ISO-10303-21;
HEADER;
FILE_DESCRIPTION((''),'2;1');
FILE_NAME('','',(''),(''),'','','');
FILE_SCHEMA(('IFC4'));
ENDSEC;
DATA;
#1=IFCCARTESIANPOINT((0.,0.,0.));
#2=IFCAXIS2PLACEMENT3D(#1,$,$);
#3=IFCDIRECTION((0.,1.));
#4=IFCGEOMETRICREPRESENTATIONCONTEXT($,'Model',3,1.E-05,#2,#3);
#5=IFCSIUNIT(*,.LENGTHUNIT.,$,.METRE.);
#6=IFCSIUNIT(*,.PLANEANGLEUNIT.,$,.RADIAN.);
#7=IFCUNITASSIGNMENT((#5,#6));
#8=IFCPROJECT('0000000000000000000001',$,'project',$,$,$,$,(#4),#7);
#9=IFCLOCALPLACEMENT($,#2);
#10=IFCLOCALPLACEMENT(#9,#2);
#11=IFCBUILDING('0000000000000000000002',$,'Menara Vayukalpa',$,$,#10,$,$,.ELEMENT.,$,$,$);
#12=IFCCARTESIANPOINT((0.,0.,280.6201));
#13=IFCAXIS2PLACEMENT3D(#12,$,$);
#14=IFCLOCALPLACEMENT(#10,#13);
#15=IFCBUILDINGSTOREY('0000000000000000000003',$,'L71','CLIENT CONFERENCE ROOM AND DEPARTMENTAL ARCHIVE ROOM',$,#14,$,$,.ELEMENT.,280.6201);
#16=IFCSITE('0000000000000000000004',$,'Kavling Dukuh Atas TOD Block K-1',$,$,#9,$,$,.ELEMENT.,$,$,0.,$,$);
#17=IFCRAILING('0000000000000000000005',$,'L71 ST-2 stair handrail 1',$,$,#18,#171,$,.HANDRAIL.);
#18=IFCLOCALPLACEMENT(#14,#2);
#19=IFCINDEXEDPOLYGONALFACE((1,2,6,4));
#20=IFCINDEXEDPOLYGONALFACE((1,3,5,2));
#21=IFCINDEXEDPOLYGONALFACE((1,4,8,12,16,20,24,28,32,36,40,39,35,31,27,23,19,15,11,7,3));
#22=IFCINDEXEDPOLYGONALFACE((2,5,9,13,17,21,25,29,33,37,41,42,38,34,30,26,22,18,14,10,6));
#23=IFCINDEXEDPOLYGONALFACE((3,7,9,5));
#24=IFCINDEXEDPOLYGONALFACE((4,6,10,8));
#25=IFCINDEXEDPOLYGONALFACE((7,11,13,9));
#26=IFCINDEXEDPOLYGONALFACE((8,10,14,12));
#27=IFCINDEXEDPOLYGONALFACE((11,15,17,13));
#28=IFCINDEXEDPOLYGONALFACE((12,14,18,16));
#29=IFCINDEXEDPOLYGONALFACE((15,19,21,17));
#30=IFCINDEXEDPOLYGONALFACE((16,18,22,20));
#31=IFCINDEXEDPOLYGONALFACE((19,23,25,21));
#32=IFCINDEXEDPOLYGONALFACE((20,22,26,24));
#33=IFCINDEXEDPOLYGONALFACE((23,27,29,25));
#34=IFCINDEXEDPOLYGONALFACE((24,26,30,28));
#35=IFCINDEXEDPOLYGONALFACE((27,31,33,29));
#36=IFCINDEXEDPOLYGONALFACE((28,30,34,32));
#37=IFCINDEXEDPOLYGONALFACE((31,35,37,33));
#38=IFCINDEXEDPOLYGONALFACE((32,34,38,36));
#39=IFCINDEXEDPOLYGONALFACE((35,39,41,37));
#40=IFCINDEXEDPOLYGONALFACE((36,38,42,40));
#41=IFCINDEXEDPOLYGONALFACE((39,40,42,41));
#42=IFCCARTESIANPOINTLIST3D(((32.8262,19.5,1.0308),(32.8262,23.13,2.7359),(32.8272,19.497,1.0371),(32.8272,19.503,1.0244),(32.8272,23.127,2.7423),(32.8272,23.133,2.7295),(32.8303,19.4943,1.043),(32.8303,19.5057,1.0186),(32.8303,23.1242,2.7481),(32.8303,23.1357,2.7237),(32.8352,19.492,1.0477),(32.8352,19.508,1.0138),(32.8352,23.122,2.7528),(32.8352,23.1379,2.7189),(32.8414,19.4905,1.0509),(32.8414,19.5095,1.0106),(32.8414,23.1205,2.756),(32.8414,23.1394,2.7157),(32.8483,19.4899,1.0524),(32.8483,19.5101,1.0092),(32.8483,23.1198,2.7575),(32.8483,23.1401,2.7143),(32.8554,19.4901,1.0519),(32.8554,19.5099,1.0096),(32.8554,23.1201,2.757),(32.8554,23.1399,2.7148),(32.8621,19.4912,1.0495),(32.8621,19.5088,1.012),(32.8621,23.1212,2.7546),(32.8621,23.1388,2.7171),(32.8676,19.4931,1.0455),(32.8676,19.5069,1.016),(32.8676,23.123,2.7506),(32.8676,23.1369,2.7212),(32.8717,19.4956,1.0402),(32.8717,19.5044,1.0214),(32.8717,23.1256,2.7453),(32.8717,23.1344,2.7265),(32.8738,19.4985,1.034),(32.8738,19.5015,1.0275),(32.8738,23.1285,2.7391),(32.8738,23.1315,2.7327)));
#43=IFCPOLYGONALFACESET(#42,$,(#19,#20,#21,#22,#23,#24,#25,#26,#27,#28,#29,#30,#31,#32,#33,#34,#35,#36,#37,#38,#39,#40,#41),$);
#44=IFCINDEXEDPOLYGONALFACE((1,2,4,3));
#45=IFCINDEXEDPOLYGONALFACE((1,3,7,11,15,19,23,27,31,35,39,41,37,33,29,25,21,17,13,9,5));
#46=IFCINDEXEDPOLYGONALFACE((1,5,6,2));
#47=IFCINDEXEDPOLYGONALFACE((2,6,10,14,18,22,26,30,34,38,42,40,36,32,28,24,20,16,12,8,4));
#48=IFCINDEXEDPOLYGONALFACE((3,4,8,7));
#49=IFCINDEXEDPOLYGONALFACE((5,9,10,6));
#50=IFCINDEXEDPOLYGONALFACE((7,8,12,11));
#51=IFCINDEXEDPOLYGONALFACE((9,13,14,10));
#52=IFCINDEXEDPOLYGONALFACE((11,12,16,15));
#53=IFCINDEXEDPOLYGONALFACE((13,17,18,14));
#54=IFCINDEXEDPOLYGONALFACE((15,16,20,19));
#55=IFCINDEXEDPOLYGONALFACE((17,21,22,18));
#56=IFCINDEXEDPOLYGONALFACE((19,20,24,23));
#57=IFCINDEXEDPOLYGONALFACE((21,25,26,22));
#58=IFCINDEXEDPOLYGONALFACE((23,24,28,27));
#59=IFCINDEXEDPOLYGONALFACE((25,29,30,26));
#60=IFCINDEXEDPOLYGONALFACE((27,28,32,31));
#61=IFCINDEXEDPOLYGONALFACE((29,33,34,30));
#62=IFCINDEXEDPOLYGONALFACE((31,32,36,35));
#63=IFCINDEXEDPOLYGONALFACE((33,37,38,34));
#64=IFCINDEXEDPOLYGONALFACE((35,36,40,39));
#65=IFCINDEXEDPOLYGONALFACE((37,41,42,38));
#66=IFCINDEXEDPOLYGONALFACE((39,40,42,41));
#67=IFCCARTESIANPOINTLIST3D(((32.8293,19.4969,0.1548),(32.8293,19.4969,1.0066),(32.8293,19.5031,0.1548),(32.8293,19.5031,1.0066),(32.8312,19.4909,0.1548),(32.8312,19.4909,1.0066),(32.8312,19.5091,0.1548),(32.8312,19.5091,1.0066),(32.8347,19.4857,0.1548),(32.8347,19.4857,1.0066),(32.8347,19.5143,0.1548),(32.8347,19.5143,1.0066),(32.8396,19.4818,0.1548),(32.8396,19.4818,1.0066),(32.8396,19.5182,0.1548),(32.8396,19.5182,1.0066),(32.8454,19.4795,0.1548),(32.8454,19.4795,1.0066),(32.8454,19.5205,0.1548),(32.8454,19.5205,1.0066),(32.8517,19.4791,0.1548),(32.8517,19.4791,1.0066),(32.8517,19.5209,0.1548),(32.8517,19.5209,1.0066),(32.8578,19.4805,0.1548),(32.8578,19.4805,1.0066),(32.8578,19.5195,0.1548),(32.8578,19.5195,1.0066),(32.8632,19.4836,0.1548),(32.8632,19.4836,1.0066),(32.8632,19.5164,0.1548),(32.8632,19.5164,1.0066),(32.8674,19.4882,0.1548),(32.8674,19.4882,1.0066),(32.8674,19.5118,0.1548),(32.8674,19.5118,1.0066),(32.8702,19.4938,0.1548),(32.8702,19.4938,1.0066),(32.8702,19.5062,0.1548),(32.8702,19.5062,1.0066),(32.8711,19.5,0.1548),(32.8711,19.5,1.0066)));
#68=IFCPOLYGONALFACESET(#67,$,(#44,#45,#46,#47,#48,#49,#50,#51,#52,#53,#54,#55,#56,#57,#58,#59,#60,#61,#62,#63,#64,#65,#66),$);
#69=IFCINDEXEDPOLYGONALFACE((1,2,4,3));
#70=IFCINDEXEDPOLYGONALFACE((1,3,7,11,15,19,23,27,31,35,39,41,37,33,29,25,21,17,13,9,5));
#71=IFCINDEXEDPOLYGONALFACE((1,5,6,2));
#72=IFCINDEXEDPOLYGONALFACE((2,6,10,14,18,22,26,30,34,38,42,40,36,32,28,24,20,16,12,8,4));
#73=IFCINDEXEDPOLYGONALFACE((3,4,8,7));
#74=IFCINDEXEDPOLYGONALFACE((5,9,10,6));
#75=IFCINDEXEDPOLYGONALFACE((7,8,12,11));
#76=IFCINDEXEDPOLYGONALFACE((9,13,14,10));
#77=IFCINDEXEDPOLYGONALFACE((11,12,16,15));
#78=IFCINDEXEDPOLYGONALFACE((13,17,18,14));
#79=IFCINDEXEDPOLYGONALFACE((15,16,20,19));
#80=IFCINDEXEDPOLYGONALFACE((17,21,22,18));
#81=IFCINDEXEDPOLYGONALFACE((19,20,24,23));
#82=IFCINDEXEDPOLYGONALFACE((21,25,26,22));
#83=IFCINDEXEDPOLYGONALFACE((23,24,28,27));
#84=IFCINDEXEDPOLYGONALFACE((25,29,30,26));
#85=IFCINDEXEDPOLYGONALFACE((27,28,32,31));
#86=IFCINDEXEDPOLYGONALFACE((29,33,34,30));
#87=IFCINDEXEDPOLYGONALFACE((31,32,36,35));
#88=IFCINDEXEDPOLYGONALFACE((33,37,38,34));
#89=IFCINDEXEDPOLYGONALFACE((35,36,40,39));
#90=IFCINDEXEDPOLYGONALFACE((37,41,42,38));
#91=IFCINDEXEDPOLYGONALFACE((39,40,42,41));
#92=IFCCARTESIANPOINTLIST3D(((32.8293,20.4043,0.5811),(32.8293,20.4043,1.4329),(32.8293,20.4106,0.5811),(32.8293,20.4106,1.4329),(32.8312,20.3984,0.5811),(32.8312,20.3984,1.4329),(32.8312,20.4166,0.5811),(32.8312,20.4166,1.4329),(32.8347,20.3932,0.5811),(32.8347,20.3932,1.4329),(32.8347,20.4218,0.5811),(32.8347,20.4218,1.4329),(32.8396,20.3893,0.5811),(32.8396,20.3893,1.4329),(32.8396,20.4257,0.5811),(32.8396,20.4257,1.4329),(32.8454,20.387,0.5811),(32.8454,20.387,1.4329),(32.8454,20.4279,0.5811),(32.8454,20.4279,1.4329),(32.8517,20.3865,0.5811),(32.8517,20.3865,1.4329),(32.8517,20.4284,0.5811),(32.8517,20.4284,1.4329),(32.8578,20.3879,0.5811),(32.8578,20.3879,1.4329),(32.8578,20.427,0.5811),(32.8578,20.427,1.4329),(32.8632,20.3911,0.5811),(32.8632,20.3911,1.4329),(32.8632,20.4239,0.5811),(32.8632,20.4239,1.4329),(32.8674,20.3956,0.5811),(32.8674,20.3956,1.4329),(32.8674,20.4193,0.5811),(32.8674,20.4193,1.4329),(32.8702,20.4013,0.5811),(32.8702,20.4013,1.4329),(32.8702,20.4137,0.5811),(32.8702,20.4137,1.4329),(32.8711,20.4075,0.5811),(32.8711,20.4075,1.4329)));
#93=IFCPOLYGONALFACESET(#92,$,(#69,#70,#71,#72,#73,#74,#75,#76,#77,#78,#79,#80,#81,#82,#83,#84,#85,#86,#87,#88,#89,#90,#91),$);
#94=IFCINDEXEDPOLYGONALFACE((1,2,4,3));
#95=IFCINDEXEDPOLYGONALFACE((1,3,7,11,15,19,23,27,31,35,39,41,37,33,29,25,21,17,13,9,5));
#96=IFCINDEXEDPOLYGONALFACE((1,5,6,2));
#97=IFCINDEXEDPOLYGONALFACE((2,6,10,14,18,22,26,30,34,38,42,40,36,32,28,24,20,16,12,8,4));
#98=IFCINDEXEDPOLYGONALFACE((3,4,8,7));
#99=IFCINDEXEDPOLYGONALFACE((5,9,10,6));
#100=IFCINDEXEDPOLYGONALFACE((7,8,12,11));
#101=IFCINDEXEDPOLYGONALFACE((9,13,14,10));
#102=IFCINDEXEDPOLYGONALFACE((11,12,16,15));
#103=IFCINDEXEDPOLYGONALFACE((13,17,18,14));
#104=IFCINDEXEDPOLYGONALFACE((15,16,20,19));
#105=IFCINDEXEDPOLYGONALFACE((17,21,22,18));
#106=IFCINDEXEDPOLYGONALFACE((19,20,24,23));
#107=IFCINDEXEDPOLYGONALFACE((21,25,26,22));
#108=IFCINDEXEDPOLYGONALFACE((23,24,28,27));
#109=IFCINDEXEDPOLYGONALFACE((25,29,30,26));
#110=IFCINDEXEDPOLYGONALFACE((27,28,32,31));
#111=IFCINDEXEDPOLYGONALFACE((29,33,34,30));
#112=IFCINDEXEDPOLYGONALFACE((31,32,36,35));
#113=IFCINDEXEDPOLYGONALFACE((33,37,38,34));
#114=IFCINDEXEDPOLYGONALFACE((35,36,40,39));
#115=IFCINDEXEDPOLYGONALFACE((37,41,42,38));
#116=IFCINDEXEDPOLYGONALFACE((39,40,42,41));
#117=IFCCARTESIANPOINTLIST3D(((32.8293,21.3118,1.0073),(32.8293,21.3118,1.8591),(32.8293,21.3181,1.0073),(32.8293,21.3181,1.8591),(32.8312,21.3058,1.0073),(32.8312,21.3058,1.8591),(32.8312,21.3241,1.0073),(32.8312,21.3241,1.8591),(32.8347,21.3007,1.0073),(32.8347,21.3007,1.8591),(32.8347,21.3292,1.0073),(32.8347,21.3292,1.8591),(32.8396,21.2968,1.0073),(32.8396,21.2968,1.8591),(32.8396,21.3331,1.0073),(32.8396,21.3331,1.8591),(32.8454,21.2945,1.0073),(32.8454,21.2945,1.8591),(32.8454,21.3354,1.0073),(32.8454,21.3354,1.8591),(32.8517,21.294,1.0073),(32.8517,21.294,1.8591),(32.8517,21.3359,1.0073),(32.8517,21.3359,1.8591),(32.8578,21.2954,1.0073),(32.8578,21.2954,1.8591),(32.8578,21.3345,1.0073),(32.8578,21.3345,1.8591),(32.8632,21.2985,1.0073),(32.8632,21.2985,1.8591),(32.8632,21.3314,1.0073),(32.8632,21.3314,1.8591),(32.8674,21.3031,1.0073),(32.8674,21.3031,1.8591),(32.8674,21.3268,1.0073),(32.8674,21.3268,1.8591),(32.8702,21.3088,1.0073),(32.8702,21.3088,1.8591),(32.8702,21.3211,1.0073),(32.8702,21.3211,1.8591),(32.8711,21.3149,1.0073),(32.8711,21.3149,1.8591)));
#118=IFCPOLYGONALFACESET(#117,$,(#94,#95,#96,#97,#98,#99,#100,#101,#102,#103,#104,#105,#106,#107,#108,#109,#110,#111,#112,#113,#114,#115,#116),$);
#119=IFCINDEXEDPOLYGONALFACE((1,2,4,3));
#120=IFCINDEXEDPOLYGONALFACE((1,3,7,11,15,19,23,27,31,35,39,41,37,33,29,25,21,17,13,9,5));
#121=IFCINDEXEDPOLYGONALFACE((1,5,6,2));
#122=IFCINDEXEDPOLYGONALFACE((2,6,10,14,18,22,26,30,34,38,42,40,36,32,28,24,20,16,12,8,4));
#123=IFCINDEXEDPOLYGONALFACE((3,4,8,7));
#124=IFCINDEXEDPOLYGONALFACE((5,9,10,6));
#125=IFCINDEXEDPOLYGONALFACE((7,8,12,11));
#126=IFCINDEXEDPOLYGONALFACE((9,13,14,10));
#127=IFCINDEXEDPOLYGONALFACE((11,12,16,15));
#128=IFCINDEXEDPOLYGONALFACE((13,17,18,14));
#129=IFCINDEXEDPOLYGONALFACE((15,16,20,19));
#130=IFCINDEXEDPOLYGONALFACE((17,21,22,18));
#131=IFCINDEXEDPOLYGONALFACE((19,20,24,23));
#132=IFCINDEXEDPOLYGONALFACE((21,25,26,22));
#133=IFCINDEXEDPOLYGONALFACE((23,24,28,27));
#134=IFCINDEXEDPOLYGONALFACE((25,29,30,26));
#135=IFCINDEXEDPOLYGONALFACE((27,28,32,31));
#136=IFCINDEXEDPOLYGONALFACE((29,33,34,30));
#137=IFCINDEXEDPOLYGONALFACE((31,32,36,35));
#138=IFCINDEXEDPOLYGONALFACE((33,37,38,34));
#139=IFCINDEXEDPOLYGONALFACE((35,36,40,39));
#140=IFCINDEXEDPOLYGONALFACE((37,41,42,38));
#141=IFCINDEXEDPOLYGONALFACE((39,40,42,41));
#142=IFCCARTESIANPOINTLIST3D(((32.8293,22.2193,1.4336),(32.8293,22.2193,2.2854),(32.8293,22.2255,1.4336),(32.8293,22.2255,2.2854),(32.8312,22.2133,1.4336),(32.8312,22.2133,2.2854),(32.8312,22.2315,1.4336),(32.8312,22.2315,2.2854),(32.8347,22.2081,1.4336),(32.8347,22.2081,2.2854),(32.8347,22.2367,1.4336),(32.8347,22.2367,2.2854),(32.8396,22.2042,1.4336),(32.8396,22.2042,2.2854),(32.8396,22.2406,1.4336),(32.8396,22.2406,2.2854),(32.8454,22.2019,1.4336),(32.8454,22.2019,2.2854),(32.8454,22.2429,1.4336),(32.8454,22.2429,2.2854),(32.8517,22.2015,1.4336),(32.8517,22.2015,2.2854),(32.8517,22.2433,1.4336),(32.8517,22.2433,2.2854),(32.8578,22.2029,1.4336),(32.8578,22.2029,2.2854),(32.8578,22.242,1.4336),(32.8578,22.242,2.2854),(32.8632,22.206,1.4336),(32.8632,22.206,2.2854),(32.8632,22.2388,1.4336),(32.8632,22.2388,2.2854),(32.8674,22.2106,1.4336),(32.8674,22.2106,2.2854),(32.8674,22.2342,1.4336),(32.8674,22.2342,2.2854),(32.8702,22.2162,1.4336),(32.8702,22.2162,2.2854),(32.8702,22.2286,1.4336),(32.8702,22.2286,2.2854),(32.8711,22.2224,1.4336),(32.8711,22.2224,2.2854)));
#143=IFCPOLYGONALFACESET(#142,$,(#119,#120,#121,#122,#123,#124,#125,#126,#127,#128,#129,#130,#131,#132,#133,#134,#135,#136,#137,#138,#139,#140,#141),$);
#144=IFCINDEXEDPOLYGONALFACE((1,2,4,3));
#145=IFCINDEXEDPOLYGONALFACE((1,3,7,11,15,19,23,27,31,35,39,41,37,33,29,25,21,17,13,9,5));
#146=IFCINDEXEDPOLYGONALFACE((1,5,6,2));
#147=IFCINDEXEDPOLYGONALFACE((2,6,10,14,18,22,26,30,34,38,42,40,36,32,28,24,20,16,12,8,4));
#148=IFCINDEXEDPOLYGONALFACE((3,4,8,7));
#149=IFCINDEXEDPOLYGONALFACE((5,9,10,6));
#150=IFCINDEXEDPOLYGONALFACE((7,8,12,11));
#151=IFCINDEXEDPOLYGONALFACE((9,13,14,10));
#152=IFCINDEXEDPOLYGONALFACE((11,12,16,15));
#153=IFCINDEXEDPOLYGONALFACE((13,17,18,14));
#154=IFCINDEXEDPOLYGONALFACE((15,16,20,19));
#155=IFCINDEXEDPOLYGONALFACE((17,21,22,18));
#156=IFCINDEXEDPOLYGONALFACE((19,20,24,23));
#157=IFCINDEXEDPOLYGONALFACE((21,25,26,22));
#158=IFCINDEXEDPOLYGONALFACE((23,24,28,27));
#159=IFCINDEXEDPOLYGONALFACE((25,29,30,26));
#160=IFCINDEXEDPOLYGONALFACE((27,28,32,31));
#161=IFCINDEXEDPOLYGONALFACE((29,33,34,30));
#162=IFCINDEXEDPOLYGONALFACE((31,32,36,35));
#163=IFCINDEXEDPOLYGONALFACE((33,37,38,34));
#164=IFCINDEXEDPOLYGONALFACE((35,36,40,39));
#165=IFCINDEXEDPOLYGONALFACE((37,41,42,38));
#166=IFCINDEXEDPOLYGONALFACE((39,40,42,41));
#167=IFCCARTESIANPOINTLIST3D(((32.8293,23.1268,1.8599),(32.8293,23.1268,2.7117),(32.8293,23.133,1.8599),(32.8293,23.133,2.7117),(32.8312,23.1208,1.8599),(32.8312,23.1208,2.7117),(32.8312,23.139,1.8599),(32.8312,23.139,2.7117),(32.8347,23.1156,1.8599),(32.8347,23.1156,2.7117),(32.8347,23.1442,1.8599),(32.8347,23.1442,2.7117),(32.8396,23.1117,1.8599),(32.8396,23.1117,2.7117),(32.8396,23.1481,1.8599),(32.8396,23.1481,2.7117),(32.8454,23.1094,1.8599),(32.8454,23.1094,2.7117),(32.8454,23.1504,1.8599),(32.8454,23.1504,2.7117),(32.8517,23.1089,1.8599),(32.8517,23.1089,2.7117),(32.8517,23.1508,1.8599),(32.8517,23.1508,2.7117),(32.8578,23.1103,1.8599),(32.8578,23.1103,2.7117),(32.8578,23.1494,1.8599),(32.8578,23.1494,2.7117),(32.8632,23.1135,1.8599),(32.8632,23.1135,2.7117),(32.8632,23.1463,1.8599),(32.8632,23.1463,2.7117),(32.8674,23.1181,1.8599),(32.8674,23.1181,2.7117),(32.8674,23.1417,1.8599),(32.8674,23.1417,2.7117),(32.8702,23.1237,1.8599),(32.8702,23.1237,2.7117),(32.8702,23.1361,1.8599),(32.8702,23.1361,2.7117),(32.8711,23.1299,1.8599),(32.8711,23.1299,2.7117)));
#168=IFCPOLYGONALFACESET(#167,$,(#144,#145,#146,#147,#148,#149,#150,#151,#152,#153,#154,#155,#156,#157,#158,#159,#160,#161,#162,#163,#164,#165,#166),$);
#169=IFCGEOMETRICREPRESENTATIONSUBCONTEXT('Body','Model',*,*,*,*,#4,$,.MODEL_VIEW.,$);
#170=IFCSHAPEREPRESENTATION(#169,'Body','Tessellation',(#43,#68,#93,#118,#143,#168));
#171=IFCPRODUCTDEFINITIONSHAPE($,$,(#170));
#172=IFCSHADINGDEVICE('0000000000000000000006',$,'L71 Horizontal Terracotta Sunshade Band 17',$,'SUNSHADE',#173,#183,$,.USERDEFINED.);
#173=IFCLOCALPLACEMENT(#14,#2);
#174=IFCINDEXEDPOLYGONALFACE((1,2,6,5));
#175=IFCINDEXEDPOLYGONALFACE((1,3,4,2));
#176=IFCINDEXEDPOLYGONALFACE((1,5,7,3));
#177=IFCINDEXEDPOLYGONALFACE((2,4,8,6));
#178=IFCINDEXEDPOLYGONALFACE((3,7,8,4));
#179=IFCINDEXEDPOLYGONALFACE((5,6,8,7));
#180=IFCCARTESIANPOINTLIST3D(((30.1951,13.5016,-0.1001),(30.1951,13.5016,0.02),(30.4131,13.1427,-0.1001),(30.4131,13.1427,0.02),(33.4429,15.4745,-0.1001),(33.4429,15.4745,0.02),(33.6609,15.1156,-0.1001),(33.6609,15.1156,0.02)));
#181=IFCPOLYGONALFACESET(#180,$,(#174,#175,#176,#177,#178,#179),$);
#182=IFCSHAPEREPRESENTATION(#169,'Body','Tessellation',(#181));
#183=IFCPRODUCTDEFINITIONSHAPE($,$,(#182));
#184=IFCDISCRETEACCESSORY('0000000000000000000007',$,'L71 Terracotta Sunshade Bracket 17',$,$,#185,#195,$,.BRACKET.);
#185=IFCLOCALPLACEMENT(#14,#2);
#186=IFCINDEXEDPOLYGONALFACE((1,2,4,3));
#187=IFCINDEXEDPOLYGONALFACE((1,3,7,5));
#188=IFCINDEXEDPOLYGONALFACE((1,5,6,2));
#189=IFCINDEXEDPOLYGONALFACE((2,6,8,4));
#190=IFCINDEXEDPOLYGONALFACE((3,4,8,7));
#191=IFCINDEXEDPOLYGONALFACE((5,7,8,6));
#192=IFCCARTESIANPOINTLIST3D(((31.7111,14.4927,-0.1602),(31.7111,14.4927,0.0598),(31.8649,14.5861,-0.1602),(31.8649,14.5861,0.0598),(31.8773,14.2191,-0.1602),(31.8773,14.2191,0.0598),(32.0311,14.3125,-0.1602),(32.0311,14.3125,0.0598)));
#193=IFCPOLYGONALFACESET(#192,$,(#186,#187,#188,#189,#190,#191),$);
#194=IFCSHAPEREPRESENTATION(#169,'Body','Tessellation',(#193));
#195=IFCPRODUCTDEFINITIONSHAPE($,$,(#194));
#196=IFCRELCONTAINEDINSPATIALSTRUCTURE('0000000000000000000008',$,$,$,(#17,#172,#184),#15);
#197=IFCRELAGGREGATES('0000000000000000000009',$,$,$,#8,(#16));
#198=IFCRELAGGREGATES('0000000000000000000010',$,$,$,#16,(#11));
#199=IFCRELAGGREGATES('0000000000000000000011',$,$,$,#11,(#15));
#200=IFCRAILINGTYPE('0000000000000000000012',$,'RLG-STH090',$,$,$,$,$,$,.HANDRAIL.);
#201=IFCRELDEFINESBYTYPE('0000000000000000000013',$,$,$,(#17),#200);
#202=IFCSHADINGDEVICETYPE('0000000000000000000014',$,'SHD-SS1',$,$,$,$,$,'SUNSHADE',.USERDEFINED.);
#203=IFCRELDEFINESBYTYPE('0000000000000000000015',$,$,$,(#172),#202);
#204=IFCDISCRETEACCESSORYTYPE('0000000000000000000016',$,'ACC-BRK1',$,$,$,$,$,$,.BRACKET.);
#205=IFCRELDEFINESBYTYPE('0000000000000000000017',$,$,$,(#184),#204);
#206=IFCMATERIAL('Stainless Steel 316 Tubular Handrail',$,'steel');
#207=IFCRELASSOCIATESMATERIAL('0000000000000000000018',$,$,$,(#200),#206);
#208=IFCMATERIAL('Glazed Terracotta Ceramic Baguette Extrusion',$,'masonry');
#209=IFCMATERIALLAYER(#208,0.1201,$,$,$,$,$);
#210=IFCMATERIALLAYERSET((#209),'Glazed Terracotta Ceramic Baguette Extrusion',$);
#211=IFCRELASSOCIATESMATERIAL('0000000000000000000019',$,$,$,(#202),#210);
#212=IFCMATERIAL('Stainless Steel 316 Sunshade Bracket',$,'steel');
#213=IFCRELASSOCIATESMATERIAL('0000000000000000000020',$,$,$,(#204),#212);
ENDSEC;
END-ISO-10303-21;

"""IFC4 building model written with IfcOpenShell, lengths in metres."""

from ifc_helpers import new_model, si_unit, direction, frame, origin, origin_2d, place, context, subcontext, project, spatial, rectangle, circle, extrude, material, layer, layer_set, type_object, element, save


model = new_model("IFC4")

# Units and contexts
model_context = context("Model", 3, precision=1e-05, world=origin(), true_north=direction((0.0, 1.0)))
body_context = subcontext(model_context, "Body", "Model", "MODEL_VIEW")
ifc_project = project(units=[si_unit("LENGTHUNIT", "METRE"), si_unit("PLANEANGLEUNIT", "RADIAN")], contexts=[model_context])

# Site, building, storey
site_placement = place(None, origin())
site = spatial("IfcSite", under=ifc_project, at=site_placement, Name="Kavling Dukuh Atas TOD Block K-1", CompositionType="ELEMENT", RefElevation=0.0)
building_placement = place(site_placement, origin())
building = spatial("IfcBuilding", under=site, at=building_placement, Name="Menara Vayukalpa", CompositionType="ELEMENT")
storey_placement = place(building_placement, frame((0.0, 0.0, 280.6201)))
storey = spatial("IfcBuildingStorey", under=building, at=storey_placement, Name="L71", Description="CLIENT CONFERENCE ROOM AND DEPARTMENTAL ARCHIVE ROOM", CompositionType="ELEMENT", Elevation=280.6201)

# Railing
ifc_material_1 = material(Name="Stainless Steel 316 Tubular Handrail", Category="steel")
railing_type_1 = type_object("IfcRailingType", Name="RLG-STH090", PredefinedType="HANDRAIL", material=ifc_material_1)
railing_1_placement = place(storey_placement, frame((32.8501, 19.5, 0.1548)))
element("IfcRailing", 1, at=railing_1_placement, inside=storey, type_object=railing_type_1, Name="L71 ST-2 stair handrail 1", PredefinedType="HANDRAIL", context=body_context, shape_type="SweptSolid", body=[
    extrude(circle(Radius=0.0239, at=origin_2d()), frame((0.0, 0.0, 0.876), z_axis=(0.0, 0.905116, 0.425164), x_axis=(-1.0, 0.0, 0.0)), (0.0, 0.0, 1.0), 4.0105),
    extrude(circle(Radius=0.021, at=origin_2d()), origin(), (0.0, 0.0, 1.0), 0.8518),
    extrude(circle(Radius=0.021, at=origin_2d()), frame((0.0, 0.9075, 0.4263)), (0.0, 0.0, 1.0), 0.8518),
    extrude(circle(Radius=0.021, at=origin_2d()), frame((0.0, 1.8149, 0.8525)), (0.0, 0.0, 1.0), 0.8518),
    extrude(circle(Radius=0.021, at=origin_2d()), frame((0.0, 2.7224, 1.2788)), (0.0, 0.0, 1.0), 0.8518),
    extrude(circle(Radius=0.021, at=origin_2d()), frame((0.0, 3.6299, 1.7051)), (0.0, 0.0, 1.0), 0.8518),
])

# Shading device
ifc_material_2 = material(Name="Glazed Terracotta Ceramic Baguette Extrusion", Category="masonry")
ifc_layer_1 = layer(ifc_material_2, 0.1201)
ifc_layer_set_1 = layer_set([ifc_layer_1], Name="Glazed Terracotta Ceramic Baguette Extrusion")
shading_device_type = type_object("IfcShadingDeviceType", Name="SHD-SS1", ElementType="SUNSHADE", PredefinedType="USERDEFINED", material=ifc_layer_set_1)
shading_device_placement = place(storey_placement, frame((31.928, 14.3086, -0.1001), z_axis=(0.0, 0.0, 1.0), x_axis=(0.854667, 0.519176, 0.0)))
element("IfcShadingDevice", 2, at=shading_device_placement, inside=storey, type_object=shading_device_type, Name="L71 Horizontal Terracotta Sunshade Band 17", ObjectType="SUNSHADE", PredefinedType="USERDEFINED", context=body_context, shape_type="SweptSolid", body=[
    extrude(rectangle(XDim=3.8, YDim=0.4199, at=origin_2d()), origin(), (0.0, 0.0, 1.0), 0.1201),
])

# Discrete accessory
ifc_material_3 = material(Name="Stainless Steel 316 Sunshade Bracket", Category="steel")
discrete_accessory_type = type_object("IfcDiscreteAccessoryType", Name="ACC-BRK1", PredefinedType="BRACKET", material=ifc_material_3)
discrete_accessory_placement = place(storey_placement, frame((31.8711, 14.4026, -0.1602), z_axis=(0.0, 0.0, 1.0), x_axis=(0.854667, 0.519176, 0.0)))
element("IfcDiscreteAccessory", 3, at=discrete_accessory_placement, inside=storey, type_object=discrete_accessory_type, Name="L71 Terracotta Sunshade Bracket 17", PredefinedType="BRACKET", context=body_context, shape_type="SweptSolid", body=[
    extrude(rectangle(XDim=0.1799, YDim=0.3201, at=origin_2d()), origin(), (0.0, 0.0, 1.0), 0.22),
])

save(model, "model.ifc")
